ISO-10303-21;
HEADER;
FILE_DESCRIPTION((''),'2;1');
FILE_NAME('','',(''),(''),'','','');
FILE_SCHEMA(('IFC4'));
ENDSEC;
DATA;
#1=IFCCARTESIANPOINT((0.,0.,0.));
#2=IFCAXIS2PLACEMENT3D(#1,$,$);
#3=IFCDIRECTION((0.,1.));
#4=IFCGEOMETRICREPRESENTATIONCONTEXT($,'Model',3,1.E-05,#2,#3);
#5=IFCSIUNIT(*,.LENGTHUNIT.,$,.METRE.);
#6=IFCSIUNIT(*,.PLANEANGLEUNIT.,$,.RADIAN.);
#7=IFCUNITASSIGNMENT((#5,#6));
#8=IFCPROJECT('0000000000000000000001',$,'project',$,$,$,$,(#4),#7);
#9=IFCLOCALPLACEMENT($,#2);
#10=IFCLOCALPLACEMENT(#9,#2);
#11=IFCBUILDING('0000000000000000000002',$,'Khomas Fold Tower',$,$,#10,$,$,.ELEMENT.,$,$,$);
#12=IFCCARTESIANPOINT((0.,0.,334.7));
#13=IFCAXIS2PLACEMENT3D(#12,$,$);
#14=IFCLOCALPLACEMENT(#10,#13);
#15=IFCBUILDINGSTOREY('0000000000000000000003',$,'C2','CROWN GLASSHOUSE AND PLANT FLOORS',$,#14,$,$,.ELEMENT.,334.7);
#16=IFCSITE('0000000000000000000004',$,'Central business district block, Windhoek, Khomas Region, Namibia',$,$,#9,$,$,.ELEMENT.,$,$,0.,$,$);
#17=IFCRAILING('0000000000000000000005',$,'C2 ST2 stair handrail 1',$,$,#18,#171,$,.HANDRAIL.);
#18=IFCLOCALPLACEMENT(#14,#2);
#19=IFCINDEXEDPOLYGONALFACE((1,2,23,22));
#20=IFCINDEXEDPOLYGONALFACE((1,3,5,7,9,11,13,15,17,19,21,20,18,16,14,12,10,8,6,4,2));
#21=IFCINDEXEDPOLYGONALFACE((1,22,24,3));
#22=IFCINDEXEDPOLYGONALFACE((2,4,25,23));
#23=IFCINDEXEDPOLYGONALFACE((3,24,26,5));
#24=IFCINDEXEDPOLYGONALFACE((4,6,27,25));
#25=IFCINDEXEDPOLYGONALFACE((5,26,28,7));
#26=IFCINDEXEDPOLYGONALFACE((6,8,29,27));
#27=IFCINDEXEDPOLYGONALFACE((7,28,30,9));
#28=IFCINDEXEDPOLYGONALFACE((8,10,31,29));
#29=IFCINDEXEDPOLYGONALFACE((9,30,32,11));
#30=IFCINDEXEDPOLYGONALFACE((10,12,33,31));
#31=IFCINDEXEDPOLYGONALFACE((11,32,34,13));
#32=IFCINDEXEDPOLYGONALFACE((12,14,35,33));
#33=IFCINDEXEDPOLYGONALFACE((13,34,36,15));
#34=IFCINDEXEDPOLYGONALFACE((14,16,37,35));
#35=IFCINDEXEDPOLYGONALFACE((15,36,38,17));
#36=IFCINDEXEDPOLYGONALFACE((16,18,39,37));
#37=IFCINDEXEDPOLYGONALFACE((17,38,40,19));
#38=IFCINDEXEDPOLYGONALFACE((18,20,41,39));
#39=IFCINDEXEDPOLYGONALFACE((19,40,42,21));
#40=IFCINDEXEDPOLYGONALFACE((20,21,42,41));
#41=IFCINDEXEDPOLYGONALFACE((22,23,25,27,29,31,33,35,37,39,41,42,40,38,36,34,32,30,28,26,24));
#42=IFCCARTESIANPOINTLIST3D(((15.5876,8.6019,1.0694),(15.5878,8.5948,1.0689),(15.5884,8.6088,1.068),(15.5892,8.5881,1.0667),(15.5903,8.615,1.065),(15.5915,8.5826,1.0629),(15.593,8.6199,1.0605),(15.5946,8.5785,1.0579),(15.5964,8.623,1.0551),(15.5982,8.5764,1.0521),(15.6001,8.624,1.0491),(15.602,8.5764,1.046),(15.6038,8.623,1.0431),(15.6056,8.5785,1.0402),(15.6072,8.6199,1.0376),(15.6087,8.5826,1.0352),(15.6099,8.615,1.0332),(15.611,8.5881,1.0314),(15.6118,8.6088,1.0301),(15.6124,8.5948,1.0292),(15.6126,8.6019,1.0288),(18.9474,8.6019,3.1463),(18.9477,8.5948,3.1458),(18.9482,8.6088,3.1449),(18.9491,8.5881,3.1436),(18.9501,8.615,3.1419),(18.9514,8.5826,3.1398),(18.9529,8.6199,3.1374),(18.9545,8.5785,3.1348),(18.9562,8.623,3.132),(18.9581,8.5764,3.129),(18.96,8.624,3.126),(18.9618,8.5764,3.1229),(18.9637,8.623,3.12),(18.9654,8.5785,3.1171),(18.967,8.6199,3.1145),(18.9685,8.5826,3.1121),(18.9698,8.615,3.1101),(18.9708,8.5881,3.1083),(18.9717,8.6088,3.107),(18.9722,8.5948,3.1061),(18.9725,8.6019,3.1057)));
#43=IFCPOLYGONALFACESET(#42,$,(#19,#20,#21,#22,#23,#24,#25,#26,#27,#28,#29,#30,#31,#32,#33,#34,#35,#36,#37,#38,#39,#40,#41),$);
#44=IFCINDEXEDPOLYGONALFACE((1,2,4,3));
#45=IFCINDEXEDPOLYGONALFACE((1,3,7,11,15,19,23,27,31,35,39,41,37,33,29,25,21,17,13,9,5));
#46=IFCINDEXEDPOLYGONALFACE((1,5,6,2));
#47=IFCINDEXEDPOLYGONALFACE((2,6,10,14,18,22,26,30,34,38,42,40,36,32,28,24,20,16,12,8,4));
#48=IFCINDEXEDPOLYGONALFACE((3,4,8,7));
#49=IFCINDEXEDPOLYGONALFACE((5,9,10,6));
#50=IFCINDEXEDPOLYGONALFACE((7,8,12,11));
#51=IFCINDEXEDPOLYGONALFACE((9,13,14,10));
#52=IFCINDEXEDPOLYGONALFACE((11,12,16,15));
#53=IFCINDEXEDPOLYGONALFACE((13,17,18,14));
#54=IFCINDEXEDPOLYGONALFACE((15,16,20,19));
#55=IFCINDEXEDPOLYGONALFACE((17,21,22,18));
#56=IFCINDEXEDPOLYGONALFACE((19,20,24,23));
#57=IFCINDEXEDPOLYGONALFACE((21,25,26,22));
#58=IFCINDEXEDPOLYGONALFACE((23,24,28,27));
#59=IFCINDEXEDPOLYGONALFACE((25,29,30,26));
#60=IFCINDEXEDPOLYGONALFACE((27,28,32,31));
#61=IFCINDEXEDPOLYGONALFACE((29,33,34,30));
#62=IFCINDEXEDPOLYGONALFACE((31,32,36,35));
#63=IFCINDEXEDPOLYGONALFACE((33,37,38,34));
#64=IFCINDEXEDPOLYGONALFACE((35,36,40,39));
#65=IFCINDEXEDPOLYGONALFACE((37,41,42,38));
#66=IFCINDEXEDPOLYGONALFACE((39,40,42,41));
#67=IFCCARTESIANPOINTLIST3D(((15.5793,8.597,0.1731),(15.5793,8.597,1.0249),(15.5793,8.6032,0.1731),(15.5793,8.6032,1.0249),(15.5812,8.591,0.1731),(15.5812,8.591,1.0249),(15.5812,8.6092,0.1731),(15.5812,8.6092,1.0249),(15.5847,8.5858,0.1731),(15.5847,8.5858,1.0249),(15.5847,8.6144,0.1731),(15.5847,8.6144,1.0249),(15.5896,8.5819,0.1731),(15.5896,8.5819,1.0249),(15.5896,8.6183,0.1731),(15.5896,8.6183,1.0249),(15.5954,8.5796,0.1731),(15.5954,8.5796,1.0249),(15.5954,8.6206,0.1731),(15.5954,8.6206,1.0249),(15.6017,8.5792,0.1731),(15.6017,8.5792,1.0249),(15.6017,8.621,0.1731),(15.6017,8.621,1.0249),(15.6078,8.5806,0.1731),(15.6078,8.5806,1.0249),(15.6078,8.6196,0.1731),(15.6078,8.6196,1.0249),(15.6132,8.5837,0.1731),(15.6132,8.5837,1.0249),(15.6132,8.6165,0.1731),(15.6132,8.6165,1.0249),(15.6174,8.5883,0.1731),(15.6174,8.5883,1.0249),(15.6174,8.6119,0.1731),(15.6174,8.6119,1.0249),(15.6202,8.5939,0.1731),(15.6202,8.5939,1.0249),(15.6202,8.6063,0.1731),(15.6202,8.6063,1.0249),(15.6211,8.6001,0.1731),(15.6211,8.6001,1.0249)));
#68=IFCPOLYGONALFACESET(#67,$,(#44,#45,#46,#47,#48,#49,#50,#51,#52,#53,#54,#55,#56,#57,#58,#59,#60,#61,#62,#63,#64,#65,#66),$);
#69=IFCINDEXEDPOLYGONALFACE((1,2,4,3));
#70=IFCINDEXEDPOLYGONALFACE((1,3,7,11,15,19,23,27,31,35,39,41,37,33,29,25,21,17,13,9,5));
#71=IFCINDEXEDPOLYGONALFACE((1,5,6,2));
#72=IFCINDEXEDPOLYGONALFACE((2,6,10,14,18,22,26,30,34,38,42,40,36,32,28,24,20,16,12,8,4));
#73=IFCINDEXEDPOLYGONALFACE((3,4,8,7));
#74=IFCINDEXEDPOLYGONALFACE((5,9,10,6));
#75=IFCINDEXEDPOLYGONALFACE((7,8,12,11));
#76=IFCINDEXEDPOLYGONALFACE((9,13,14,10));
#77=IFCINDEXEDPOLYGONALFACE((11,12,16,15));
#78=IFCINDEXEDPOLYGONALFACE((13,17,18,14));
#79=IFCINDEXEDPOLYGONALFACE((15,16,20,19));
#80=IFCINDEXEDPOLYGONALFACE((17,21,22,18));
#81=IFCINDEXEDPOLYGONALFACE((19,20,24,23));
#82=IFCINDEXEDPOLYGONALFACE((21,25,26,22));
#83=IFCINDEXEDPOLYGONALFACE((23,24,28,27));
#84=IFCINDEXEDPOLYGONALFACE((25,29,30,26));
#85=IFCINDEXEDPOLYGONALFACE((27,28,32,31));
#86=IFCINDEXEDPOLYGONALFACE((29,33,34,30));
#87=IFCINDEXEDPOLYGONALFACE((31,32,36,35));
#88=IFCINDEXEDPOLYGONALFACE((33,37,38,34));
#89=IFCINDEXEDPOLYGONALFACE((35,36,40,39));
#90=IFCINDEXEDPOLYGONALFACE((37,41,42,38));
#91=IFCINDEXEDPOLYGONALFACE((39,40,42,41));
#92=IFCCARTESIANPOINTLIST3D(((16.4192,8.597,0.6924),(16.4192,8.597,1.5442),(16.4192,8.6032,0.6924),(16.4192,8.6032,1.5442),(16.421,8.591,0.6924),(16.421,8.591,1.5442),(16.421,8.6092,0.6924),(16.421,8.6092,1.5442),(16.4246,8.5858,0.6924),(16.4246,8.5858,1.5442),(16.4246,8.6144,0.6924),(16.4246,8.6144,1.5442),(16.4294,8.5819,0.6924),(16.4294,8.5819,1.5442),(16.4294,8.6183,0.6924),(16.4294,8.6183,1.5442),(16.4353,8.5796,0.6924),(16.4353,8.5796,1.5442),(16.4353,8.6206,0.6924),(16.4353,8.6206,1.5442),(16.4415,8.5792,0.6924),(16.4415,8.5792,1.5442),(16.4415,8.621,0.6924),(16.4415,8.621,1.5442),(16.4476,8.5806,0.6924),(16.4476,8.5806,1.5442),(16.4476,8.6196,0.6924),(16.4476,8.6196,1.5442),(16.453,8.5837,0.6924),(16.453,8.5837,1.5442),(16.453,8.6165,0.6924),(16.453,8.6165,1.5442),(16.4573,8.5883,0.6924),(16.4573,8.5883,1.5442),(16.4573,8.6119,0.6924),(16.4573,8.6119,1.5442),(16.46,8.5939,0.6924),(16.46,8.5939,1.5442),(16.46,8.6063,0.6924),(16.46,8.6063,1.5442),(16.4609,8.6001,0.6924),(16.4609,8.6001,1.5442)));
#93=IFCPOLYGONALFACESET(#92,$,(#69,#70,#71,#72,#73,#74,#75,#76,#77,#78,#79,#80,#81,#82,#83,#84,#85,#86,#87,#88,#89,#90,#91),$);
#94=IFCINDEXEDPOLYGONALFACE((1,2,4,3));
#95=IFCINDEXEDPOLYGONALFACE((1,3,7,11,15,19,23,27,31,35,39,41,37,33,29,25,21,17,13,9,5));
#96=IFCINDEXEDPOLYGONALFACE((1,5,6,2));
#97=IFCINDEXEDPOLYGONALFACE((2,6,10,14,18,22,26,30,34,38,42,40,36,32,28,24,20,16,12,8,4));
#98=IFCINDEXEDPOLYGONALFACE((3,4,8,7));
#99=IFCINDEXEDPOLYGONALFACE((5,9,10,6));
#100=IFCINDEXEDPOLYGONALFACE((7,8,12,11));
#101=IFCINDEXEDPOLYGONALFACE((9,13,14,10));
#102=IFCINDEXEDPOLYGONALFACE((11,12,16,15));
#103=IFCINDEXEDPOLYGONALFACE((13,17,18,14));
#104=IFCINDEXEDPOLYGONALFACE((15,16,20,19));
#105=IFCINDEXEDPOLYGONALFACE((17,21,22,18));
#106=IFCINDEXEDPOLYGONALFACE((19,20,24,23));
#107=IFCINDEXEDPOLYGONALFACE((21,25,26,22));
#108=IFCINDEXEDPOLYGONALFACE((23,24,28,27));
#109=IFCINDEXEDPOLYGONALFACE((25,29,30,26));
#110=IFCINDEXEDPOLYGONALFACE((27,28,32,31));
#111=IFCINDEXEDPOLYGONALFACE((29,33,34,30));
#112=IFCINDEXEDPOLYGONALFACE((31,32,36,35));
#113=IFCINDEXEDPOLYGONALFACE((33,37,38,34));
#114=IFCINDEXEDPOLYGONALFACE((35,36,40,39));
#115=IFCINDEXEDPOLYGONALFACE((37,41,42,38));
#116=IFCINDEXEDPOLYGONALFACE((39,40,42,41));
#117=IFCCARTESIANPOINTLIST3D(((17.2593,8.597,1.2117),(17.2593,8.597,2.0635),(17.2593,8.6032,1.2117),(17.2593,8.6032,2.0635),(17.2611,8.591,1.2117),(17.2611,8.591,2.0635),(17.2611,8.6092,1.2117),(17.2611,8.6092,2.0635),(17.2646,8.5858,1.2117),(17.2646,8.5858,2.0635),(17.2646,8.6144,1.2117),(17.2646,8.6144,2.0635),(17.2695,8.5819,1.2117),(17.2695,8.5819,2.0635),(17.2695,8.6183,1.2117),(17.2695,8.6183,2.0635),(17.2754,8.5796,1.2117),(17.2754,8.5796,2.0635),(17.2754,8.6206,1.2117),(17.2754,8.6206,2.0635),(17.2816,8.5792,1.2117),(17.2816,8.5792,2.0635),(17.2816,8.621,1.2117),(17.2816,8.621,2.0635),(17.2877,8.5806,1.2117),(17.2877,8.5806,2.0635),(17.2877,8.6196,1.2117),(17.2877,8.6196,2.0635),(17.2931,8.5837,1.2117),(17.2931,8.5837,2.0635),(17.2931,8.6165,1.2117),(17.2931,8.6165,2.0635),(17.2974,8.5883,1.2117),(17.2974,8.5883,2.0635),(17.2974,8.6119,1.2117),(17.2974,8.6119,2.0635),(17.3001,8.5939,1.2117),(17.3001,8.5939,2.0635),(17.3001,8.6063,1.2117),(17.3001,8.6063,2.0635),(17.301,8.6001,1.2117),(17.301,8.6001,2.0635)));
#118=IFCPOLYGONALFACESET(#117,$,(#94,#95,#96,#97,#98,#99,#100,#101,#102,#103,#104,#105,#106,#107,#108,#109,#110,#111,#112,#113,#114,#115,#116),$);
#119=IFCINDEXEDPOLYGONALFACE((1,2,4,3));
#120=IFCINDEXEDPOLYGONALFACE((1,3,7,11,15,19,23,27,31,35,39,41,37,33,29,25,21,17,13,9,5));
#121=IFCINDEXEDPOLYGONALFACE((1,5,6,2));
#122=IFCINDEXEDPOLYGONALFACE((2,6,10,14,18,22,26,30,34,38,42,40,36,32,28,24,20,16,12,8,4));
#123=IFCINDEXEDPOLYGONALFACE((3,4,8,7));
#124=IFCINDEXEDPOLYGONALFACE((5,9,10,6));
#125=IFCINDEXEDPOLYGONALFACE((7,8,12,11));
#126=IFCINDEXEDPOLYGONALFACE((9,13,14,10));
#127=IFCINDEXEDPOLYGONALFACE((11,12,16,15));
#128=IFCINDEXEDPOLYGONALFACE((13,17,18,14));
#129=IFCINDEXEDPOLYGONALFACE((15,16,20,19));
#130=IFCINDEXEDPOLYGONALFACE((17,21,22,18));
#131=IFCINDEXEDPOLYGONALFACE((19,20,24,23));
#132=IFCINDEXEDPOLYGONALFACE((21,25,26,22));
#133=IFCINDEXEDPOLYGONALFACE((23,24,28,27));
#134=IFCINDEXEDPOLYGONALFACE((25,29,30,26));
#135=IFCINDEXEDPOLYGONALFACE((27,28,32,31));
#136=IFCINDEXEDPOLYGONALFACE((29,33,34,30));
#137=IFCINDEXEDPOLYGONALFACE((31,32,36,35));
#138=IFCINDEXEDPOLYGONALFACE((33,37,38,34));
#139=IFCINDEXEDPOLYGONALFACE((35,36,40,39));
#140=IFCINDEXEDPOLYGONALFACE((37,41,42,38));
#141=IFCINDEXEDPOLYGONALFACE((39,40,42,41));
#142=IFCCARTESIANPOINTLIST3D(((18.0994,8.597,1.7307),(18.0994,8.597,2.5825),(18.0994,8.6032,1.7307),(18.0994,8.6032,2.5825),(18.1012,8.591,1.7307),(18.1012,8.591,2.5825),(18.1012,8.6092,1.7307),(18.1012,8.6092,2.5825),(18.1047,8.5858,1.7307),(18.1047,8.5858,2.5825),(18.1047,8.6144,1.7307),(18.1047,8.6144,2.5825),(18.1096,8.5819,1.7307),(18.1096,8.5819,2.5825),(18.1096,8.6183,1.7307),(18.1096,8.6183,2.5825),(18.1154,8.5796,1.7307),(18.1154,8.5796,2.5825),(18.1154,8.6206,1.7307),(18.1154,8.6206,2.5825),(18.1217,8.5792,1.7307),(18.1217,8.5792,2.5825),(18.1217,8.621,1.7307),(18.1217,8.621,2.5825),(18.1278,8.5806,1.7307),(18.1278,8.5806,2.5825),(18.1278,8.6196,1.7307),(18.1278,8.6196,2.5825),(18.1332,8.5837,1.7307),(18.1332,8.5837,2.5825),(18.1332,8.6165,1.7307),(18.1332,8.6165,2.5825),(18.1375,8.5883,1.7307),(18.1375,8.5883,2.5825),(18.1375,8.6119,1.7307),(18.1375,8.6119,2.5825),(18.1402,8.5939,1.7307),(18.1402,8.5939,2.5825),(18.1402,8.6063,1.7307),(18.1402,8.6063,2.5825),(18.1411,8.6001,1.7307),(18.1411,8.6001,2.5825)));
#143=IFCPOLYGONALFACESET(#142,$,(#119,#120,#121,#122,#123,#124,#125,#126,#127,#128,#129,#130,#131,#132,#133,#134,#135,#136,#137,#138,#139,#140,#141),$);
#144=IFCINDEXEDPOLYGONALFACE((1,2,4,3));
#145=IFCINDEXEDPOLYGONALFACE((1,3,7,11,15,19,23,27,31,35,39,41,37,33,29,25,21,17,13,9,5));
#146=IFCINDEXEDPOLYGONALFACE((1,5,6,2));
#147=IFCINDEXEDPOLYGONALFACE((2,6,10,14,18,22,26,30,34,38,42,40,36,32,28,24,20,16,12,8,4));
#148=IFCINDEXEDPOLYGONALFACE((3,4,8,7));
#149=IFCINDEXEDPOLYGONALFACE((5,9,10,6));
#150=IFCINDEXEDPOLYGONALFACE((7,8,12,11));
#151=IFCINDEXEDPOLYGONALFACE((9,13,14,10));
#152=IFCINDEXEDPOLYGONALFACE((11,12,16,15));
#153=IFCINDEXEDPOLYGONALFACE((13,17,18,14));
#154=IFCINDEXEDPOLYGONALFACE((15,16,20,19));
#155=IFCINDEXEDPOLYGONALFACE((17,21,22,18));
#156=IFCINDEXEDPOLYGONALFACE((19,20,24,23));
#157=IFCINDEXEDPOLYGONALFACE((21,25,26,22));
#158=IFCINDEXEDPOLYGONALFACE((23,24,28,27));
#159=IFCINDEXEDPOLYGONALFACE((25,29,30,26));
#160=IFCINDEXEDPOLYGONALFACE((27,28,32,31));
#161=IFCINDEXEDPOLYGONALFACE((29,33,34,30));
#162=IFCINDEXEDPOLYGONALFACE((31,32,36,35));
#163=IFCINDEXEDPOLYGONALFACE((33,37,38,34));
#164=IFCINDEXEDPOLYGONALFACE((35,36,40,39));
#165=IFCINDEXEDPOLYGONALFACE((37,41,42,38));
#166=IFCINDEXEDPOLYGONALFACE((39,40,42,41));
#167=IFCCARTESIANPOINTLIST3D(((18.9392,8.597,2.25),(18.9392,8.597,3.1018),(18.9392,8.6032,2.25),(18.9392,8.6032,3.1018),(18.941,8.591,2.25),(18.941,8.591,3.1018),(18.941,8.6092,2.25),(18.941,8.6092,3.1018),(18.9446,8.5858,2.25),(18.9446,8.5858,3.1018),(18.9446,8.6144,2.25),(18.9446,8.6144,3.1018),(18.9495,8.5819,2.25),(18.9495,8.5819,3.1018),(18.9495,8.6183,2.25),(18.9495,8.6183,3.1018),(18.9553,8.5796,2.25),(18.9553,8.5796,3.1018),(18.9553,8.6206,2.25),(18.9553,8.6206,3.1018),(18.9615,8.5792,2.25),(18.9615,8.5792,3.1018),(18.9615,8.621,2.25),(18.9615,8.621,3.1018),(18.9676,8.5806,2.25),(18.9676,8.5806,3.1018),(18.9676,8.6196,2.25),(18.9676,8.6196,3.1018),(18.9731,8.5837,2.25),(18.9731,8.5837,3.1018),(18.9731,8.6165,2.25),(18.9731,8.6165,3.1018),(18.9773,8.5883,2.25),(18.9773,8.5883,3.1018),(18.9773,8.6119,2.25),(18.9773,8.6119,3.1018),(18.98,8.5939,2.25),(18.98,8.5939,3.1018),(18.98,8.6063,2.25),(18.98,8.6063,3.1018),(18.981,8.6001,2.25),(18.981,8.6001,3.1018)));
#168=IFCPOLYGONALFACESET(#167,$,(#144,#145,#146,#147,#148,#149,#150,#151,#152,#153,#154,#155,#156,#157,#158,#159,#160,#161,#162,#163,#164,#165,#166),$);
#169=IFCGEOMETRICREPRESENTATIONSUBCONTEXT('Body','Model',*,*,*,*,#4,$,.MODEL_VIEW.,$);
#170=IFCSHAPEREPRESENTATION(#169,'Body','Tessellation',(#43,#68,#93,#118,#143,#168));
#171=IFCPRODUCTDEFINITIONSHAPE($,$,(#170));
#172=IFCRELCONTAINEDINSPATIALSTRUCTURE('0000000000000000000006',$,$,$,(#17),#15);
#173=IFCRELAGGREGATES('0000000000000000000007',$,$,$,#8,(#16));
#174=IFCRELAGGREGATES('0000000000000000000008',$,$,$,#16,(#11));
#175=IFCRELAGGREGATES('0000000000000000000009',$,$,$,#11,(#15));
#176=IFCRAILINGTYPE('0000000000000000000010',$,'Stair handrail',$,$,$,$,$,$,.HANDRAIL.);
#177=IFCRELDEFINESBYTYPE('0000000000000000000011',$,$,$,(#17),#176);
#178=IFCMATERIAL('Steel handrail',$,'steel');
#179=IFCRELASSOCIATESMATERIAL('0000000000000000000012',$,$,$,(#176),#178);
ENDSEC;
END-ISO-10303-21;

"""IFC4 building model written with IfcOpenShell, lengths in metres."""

from ifc_helpers import new_model, si_unit, direction, frame, origin, origin_2d, place, context, subcontext, project, spatial, circle, extrude, source, transform, mapped, material, type_object, element, save


model = new_model("IFC4")

# Units and contexts
model_context = context("Model", 3, precision=1e-05, world=origin(), true_north=direction((0.0, 1.0)))
body_context = subcontext(model_context, "Body", "Model", "MODEL_VIEW")
ifc_project = project(units=[si_unit("LENGTHUNIT", "METRE"), si_unit("PLANEANGLEUNIT", "RADIAN")], contexts=[model_context])

# Site, building, storey
site_placement = place(None, origin())
site = spatial("IfcSite", under=ifc_project, at=site_placement, Name="Central business district block, Windhoek, Khomas Region, Namibia", CompositionType="ELEMENT", RefElevation=0.0)
building_placement = place(site_placement, origin())
building = spatial("IfcBuilding", under=site, at=building_placement, Name="Khomas Fold Tower", CompositionType="ELEMENT")
storey_placement = place(building_placement, frame((0.0, 0.0, 334.7)))
storey = spatial("IfcBuildingStorey", under=building, at=storey_placement, Name="C2", Description="CROWN GLASSHOUSE AND PLANT FLOORS", CompositionType="ELEMENT", Elevation=334.7)

# Railing
ifc_material_1 = material(Name="Steel handrail", Category="steel")
railing_type_1 = type_object("IfcRailingType", Name="Stair handrail", PredefinedType="HANDRAIL", material=ifc_material_1)
shared_shape_1 = source(origin(), body_context, "Body", "SweptSolid", [
    extrude(circle(Radius=0.0239, at=origin_2d()), frame((0.0, 0.0, 0.876), z_axis=(0.850606, 0.0, 0.525803), x_axis=(0.0, 1.0, 0.0)), (0.0, 0.0, 1.0), 3.95),
    extrude(circle(Radius=0.021, at=origin_2d()), origin(), (0.0, 0.0, 1.0), 0.8518),
    extrude(circle(Radius=0.021, at=origin_2d()), frame((0.8398, 0.0, 0.5193)), (0.0, 0.0, 1.0), 0.8518),
    extrude(circle(Radius=0.021, at=origin_2d()), frame((1.6799, 0.0, 1.0386)), (0.0, 0.0, 1.0), 0.8518),
    extrude(circle(Radius=0.021, at=origin_2d()), frame((2.52, 0.0, 1.5576)), (0.0, 0.0, 1.0), 0.8518),
    extrude(circle(Radius=0.021, at=origin_2d()), frame((3.3599, 0.0, 2.0769)), (0.0, 0.0, 1.0), 0.8518),
])
railing_1_placement = place(storey_placement, frame((15.6001, 8.6001, 0.1731)))
element("IfcRailing", 1, at=railing_1_placement, inside=storey, type_object=railing_type_1, Name="C2 ST2 stair handrail 1", PredefinedType="HANDRAIL", context=body_context, shape_type="MappedRepresentation", body=[
    mapped(shared_shape_1, transform((0.0, 0.0, 0.0))),
])

save(model, "model.ifc")
